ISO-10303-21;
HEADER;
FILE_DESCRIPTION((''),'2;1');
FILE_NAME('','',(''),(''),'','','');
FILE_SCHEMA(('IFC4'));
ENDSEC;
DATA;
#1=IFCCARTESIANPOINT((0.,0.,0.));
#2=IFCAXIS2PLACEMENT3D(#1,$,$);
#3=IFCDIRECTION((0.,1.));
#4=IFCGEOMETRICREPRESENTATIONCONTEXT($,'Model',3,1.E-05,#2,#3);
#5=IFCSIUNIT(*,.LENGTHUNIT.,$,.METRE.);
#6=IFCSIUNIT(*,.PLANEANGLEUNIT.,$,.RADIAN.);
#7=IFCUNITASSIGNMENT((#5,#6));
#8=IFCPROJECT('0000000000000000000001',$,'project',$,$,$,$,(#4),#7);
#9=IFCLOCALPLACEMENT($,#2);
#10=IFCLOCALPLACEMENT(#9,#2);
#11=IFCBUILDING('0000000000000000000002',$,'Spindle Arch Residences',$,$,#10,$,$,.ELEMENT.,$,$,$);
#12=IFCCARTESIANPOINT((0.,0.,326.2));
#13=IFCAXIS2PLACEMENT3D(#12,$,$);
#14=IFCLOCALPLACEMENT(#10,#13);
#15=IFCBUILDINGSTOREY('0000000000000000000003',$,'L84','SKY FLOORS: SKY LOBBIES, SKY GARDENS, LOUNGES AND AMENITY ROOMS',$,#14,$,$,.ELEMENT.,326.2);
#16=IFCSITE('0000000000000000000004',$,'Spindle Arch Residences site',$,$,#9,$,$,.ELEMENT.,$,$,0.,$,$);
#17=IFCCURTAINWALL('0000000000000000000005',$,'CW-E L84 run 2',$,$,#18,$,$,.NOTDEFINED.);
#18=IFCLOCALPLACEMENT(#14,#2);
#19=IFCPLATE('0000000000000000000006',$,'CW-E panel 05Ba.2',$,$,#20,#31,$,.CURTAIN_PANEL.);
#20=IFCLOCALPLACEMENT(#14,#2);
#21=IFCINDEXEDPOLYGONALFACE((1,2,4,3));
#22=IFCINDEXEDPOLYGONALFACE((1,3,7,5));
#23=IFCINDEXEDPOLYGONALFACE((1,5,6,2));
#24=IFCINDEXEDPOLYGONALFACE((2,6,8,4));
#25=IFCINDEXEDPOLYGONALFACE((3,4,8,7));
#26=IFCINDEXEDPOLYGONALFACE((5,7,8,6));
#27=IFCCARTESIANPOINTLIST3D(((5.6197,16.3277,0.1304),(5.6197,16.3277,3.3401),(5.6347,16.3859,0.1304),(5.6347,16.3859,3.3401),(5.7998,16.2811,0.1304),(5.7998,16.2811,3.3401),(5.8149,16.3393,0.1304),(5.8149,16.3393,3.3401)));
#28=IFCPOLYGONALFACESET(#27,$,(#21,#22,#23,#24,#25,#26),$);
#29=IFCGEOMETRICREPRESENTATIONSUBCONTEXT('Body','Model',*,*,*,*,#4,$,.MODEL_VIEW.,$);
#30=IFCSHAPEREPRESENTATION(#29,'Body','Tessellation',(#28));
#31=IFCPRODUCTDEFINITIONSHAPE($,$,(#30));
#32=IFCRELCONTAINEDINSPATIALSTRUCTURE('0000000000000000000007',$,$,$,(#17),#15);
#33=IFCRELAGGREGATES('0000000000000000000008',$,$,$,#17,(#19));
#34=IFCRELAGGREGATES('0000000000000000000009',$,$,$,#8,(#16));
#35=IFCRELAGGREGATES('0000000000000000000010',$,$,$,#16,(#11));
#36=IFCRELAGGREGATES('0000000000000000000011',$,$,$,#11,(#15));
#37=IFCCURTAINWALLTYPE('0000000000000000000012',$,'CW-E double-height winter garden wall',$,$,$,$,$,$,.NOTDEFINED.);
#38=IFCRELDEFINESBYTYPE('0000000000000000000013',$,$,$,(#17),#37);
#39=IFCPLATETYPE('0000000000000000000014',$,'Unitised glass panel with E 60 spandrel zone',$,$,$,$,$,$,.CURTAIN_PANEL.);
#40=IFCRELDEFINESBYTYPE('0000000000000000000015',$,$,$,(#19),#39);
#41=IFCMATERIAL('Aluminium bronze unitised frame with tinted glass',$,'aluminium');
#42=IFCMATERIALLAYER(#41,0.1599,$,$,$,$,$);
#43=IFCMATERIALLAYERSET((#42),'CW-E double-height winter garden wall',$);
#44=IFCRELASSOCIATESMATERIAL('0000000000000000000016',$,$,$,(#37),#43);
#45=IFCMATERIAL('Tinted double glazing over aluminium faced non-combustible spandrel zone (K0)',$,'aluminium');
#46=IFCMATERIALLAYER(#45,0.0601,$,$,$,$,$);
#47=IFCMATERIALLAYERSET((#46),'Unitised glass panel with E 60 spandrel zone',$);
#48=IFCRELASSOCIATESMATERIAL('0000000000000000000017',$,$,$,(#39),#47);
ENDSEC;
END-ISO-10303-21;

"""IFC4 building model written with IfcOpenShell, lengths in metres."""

from ifc_helpers import new_model, si_unit, direction, frame, origin, origin_2d, place, context, subcontext, project, spatial, rectangle, extrude, material, layer, layer_set, type_object, element, aggregate, save


model = new_model("IFC4")

# Units and contexts
model_context = context("Model", 3, precision=1e-05, world=origin(), true_north=direction((0.0, 1.0)))
body_context = subcontext(model_context, "Body", "Model", "MODEL_VIEW")
ifc_project = project(units=[si_unit("LENGTHUNIT", "METRE"), si_unit("PLANEANGLEUNIT", "RADIAN")], contexts=[model_context])

# Site, building, storey
site_placement = place(None, origin())
site = spatial("IfcSite", under=ifc_project, at=site_placement, Name="Spindle Arch Residences site", CompositionType="ELEMENT", RefElevation=0.0)
building_placement = place(site_placement, origin())
building = spatial("IfcBuilding", under=site, at=building_placement, Name="Spindle Arch Residences", CompositionType="ELEMENT")
storey_placement = place(building_placement, frame((0.0, 0.0, 326.2)))
storey = spatial("IfcBuildingStorey", under=building, at=storey_placement, Name="L84", Description="SKY FLOORS: SKY LOBBIES, SKY GARDENS, LOUNGES AND AMENITY ROOMS", CompositionType="ELEMENT", Elevation=326.2)

# Curtain wall, plate
ifc_material_1 = material(Name="Aluminium bronze unitised frame with tinted glass", Category="aluminium")
ifc_layer_1 = layer(ifc_material_1, 0.1599)
ifc_layer_set_1 = layer_set([ifc_layer_1], Name="CW-E double-height winter garden wall")
curtain_wall_type = type_object("IfcCurtainWallType", Name="CW-E double-height winter garden wall", PredefinedType="NOTDEFINED", material=ifc_layer_set_1)
curtain_wall_placement = place(storey_placement, origin())
curtain_wall = element("IfcCurtainWall", 1, at=curtain_wall_placement, inside=storey, type_object=curtain_wall_type, Name="CW-E L84 run 2", PredefinedType="NOTDEFINED")
ifc_material_2 = material(Name="Tinted double glazing over aluminium faced non-combustible spandrel zone (K0)", Category="aluminium")
ifc_layer_2 = layer(ifc_material_2, 0.0601)
ifc_layer_set_2 = layer_set([ifc_layer_2], Name="Unitised glass panel with E 60 spandrel zone")
plate_type_1 = type_object("IfcPlateType", Name="Unitised glass panel with E 60 spandrel zone", PredefinedType="CURTAIN_PANEL", material=ifc_layer_set_2)
plate_1_placement = place(storey_placement, frame((5.7173, 16.3335, 0.1304), z_axis=(0.0, 0.0, 1.0), x_axis=(-0.968148, 0.25038, 0.0)))
plate_1 = element("IfcPlate", 2, at=plate_1_placement, type_object=plate_type_1, Name="CW-E panel 05Ba.2", PredefinedType="CURTAIN_PANEL", context=body_context, shape_type="SweptSolid", body=[
    extrude(rectangle(XDim=0.186, YDim=0.0601, at=origin_2d()), origin(), (0.0, 0.0, 1.0), 3.2097),
])
aggregate(curtain_wall, [plate_1])

save(model, "model.ifc")
